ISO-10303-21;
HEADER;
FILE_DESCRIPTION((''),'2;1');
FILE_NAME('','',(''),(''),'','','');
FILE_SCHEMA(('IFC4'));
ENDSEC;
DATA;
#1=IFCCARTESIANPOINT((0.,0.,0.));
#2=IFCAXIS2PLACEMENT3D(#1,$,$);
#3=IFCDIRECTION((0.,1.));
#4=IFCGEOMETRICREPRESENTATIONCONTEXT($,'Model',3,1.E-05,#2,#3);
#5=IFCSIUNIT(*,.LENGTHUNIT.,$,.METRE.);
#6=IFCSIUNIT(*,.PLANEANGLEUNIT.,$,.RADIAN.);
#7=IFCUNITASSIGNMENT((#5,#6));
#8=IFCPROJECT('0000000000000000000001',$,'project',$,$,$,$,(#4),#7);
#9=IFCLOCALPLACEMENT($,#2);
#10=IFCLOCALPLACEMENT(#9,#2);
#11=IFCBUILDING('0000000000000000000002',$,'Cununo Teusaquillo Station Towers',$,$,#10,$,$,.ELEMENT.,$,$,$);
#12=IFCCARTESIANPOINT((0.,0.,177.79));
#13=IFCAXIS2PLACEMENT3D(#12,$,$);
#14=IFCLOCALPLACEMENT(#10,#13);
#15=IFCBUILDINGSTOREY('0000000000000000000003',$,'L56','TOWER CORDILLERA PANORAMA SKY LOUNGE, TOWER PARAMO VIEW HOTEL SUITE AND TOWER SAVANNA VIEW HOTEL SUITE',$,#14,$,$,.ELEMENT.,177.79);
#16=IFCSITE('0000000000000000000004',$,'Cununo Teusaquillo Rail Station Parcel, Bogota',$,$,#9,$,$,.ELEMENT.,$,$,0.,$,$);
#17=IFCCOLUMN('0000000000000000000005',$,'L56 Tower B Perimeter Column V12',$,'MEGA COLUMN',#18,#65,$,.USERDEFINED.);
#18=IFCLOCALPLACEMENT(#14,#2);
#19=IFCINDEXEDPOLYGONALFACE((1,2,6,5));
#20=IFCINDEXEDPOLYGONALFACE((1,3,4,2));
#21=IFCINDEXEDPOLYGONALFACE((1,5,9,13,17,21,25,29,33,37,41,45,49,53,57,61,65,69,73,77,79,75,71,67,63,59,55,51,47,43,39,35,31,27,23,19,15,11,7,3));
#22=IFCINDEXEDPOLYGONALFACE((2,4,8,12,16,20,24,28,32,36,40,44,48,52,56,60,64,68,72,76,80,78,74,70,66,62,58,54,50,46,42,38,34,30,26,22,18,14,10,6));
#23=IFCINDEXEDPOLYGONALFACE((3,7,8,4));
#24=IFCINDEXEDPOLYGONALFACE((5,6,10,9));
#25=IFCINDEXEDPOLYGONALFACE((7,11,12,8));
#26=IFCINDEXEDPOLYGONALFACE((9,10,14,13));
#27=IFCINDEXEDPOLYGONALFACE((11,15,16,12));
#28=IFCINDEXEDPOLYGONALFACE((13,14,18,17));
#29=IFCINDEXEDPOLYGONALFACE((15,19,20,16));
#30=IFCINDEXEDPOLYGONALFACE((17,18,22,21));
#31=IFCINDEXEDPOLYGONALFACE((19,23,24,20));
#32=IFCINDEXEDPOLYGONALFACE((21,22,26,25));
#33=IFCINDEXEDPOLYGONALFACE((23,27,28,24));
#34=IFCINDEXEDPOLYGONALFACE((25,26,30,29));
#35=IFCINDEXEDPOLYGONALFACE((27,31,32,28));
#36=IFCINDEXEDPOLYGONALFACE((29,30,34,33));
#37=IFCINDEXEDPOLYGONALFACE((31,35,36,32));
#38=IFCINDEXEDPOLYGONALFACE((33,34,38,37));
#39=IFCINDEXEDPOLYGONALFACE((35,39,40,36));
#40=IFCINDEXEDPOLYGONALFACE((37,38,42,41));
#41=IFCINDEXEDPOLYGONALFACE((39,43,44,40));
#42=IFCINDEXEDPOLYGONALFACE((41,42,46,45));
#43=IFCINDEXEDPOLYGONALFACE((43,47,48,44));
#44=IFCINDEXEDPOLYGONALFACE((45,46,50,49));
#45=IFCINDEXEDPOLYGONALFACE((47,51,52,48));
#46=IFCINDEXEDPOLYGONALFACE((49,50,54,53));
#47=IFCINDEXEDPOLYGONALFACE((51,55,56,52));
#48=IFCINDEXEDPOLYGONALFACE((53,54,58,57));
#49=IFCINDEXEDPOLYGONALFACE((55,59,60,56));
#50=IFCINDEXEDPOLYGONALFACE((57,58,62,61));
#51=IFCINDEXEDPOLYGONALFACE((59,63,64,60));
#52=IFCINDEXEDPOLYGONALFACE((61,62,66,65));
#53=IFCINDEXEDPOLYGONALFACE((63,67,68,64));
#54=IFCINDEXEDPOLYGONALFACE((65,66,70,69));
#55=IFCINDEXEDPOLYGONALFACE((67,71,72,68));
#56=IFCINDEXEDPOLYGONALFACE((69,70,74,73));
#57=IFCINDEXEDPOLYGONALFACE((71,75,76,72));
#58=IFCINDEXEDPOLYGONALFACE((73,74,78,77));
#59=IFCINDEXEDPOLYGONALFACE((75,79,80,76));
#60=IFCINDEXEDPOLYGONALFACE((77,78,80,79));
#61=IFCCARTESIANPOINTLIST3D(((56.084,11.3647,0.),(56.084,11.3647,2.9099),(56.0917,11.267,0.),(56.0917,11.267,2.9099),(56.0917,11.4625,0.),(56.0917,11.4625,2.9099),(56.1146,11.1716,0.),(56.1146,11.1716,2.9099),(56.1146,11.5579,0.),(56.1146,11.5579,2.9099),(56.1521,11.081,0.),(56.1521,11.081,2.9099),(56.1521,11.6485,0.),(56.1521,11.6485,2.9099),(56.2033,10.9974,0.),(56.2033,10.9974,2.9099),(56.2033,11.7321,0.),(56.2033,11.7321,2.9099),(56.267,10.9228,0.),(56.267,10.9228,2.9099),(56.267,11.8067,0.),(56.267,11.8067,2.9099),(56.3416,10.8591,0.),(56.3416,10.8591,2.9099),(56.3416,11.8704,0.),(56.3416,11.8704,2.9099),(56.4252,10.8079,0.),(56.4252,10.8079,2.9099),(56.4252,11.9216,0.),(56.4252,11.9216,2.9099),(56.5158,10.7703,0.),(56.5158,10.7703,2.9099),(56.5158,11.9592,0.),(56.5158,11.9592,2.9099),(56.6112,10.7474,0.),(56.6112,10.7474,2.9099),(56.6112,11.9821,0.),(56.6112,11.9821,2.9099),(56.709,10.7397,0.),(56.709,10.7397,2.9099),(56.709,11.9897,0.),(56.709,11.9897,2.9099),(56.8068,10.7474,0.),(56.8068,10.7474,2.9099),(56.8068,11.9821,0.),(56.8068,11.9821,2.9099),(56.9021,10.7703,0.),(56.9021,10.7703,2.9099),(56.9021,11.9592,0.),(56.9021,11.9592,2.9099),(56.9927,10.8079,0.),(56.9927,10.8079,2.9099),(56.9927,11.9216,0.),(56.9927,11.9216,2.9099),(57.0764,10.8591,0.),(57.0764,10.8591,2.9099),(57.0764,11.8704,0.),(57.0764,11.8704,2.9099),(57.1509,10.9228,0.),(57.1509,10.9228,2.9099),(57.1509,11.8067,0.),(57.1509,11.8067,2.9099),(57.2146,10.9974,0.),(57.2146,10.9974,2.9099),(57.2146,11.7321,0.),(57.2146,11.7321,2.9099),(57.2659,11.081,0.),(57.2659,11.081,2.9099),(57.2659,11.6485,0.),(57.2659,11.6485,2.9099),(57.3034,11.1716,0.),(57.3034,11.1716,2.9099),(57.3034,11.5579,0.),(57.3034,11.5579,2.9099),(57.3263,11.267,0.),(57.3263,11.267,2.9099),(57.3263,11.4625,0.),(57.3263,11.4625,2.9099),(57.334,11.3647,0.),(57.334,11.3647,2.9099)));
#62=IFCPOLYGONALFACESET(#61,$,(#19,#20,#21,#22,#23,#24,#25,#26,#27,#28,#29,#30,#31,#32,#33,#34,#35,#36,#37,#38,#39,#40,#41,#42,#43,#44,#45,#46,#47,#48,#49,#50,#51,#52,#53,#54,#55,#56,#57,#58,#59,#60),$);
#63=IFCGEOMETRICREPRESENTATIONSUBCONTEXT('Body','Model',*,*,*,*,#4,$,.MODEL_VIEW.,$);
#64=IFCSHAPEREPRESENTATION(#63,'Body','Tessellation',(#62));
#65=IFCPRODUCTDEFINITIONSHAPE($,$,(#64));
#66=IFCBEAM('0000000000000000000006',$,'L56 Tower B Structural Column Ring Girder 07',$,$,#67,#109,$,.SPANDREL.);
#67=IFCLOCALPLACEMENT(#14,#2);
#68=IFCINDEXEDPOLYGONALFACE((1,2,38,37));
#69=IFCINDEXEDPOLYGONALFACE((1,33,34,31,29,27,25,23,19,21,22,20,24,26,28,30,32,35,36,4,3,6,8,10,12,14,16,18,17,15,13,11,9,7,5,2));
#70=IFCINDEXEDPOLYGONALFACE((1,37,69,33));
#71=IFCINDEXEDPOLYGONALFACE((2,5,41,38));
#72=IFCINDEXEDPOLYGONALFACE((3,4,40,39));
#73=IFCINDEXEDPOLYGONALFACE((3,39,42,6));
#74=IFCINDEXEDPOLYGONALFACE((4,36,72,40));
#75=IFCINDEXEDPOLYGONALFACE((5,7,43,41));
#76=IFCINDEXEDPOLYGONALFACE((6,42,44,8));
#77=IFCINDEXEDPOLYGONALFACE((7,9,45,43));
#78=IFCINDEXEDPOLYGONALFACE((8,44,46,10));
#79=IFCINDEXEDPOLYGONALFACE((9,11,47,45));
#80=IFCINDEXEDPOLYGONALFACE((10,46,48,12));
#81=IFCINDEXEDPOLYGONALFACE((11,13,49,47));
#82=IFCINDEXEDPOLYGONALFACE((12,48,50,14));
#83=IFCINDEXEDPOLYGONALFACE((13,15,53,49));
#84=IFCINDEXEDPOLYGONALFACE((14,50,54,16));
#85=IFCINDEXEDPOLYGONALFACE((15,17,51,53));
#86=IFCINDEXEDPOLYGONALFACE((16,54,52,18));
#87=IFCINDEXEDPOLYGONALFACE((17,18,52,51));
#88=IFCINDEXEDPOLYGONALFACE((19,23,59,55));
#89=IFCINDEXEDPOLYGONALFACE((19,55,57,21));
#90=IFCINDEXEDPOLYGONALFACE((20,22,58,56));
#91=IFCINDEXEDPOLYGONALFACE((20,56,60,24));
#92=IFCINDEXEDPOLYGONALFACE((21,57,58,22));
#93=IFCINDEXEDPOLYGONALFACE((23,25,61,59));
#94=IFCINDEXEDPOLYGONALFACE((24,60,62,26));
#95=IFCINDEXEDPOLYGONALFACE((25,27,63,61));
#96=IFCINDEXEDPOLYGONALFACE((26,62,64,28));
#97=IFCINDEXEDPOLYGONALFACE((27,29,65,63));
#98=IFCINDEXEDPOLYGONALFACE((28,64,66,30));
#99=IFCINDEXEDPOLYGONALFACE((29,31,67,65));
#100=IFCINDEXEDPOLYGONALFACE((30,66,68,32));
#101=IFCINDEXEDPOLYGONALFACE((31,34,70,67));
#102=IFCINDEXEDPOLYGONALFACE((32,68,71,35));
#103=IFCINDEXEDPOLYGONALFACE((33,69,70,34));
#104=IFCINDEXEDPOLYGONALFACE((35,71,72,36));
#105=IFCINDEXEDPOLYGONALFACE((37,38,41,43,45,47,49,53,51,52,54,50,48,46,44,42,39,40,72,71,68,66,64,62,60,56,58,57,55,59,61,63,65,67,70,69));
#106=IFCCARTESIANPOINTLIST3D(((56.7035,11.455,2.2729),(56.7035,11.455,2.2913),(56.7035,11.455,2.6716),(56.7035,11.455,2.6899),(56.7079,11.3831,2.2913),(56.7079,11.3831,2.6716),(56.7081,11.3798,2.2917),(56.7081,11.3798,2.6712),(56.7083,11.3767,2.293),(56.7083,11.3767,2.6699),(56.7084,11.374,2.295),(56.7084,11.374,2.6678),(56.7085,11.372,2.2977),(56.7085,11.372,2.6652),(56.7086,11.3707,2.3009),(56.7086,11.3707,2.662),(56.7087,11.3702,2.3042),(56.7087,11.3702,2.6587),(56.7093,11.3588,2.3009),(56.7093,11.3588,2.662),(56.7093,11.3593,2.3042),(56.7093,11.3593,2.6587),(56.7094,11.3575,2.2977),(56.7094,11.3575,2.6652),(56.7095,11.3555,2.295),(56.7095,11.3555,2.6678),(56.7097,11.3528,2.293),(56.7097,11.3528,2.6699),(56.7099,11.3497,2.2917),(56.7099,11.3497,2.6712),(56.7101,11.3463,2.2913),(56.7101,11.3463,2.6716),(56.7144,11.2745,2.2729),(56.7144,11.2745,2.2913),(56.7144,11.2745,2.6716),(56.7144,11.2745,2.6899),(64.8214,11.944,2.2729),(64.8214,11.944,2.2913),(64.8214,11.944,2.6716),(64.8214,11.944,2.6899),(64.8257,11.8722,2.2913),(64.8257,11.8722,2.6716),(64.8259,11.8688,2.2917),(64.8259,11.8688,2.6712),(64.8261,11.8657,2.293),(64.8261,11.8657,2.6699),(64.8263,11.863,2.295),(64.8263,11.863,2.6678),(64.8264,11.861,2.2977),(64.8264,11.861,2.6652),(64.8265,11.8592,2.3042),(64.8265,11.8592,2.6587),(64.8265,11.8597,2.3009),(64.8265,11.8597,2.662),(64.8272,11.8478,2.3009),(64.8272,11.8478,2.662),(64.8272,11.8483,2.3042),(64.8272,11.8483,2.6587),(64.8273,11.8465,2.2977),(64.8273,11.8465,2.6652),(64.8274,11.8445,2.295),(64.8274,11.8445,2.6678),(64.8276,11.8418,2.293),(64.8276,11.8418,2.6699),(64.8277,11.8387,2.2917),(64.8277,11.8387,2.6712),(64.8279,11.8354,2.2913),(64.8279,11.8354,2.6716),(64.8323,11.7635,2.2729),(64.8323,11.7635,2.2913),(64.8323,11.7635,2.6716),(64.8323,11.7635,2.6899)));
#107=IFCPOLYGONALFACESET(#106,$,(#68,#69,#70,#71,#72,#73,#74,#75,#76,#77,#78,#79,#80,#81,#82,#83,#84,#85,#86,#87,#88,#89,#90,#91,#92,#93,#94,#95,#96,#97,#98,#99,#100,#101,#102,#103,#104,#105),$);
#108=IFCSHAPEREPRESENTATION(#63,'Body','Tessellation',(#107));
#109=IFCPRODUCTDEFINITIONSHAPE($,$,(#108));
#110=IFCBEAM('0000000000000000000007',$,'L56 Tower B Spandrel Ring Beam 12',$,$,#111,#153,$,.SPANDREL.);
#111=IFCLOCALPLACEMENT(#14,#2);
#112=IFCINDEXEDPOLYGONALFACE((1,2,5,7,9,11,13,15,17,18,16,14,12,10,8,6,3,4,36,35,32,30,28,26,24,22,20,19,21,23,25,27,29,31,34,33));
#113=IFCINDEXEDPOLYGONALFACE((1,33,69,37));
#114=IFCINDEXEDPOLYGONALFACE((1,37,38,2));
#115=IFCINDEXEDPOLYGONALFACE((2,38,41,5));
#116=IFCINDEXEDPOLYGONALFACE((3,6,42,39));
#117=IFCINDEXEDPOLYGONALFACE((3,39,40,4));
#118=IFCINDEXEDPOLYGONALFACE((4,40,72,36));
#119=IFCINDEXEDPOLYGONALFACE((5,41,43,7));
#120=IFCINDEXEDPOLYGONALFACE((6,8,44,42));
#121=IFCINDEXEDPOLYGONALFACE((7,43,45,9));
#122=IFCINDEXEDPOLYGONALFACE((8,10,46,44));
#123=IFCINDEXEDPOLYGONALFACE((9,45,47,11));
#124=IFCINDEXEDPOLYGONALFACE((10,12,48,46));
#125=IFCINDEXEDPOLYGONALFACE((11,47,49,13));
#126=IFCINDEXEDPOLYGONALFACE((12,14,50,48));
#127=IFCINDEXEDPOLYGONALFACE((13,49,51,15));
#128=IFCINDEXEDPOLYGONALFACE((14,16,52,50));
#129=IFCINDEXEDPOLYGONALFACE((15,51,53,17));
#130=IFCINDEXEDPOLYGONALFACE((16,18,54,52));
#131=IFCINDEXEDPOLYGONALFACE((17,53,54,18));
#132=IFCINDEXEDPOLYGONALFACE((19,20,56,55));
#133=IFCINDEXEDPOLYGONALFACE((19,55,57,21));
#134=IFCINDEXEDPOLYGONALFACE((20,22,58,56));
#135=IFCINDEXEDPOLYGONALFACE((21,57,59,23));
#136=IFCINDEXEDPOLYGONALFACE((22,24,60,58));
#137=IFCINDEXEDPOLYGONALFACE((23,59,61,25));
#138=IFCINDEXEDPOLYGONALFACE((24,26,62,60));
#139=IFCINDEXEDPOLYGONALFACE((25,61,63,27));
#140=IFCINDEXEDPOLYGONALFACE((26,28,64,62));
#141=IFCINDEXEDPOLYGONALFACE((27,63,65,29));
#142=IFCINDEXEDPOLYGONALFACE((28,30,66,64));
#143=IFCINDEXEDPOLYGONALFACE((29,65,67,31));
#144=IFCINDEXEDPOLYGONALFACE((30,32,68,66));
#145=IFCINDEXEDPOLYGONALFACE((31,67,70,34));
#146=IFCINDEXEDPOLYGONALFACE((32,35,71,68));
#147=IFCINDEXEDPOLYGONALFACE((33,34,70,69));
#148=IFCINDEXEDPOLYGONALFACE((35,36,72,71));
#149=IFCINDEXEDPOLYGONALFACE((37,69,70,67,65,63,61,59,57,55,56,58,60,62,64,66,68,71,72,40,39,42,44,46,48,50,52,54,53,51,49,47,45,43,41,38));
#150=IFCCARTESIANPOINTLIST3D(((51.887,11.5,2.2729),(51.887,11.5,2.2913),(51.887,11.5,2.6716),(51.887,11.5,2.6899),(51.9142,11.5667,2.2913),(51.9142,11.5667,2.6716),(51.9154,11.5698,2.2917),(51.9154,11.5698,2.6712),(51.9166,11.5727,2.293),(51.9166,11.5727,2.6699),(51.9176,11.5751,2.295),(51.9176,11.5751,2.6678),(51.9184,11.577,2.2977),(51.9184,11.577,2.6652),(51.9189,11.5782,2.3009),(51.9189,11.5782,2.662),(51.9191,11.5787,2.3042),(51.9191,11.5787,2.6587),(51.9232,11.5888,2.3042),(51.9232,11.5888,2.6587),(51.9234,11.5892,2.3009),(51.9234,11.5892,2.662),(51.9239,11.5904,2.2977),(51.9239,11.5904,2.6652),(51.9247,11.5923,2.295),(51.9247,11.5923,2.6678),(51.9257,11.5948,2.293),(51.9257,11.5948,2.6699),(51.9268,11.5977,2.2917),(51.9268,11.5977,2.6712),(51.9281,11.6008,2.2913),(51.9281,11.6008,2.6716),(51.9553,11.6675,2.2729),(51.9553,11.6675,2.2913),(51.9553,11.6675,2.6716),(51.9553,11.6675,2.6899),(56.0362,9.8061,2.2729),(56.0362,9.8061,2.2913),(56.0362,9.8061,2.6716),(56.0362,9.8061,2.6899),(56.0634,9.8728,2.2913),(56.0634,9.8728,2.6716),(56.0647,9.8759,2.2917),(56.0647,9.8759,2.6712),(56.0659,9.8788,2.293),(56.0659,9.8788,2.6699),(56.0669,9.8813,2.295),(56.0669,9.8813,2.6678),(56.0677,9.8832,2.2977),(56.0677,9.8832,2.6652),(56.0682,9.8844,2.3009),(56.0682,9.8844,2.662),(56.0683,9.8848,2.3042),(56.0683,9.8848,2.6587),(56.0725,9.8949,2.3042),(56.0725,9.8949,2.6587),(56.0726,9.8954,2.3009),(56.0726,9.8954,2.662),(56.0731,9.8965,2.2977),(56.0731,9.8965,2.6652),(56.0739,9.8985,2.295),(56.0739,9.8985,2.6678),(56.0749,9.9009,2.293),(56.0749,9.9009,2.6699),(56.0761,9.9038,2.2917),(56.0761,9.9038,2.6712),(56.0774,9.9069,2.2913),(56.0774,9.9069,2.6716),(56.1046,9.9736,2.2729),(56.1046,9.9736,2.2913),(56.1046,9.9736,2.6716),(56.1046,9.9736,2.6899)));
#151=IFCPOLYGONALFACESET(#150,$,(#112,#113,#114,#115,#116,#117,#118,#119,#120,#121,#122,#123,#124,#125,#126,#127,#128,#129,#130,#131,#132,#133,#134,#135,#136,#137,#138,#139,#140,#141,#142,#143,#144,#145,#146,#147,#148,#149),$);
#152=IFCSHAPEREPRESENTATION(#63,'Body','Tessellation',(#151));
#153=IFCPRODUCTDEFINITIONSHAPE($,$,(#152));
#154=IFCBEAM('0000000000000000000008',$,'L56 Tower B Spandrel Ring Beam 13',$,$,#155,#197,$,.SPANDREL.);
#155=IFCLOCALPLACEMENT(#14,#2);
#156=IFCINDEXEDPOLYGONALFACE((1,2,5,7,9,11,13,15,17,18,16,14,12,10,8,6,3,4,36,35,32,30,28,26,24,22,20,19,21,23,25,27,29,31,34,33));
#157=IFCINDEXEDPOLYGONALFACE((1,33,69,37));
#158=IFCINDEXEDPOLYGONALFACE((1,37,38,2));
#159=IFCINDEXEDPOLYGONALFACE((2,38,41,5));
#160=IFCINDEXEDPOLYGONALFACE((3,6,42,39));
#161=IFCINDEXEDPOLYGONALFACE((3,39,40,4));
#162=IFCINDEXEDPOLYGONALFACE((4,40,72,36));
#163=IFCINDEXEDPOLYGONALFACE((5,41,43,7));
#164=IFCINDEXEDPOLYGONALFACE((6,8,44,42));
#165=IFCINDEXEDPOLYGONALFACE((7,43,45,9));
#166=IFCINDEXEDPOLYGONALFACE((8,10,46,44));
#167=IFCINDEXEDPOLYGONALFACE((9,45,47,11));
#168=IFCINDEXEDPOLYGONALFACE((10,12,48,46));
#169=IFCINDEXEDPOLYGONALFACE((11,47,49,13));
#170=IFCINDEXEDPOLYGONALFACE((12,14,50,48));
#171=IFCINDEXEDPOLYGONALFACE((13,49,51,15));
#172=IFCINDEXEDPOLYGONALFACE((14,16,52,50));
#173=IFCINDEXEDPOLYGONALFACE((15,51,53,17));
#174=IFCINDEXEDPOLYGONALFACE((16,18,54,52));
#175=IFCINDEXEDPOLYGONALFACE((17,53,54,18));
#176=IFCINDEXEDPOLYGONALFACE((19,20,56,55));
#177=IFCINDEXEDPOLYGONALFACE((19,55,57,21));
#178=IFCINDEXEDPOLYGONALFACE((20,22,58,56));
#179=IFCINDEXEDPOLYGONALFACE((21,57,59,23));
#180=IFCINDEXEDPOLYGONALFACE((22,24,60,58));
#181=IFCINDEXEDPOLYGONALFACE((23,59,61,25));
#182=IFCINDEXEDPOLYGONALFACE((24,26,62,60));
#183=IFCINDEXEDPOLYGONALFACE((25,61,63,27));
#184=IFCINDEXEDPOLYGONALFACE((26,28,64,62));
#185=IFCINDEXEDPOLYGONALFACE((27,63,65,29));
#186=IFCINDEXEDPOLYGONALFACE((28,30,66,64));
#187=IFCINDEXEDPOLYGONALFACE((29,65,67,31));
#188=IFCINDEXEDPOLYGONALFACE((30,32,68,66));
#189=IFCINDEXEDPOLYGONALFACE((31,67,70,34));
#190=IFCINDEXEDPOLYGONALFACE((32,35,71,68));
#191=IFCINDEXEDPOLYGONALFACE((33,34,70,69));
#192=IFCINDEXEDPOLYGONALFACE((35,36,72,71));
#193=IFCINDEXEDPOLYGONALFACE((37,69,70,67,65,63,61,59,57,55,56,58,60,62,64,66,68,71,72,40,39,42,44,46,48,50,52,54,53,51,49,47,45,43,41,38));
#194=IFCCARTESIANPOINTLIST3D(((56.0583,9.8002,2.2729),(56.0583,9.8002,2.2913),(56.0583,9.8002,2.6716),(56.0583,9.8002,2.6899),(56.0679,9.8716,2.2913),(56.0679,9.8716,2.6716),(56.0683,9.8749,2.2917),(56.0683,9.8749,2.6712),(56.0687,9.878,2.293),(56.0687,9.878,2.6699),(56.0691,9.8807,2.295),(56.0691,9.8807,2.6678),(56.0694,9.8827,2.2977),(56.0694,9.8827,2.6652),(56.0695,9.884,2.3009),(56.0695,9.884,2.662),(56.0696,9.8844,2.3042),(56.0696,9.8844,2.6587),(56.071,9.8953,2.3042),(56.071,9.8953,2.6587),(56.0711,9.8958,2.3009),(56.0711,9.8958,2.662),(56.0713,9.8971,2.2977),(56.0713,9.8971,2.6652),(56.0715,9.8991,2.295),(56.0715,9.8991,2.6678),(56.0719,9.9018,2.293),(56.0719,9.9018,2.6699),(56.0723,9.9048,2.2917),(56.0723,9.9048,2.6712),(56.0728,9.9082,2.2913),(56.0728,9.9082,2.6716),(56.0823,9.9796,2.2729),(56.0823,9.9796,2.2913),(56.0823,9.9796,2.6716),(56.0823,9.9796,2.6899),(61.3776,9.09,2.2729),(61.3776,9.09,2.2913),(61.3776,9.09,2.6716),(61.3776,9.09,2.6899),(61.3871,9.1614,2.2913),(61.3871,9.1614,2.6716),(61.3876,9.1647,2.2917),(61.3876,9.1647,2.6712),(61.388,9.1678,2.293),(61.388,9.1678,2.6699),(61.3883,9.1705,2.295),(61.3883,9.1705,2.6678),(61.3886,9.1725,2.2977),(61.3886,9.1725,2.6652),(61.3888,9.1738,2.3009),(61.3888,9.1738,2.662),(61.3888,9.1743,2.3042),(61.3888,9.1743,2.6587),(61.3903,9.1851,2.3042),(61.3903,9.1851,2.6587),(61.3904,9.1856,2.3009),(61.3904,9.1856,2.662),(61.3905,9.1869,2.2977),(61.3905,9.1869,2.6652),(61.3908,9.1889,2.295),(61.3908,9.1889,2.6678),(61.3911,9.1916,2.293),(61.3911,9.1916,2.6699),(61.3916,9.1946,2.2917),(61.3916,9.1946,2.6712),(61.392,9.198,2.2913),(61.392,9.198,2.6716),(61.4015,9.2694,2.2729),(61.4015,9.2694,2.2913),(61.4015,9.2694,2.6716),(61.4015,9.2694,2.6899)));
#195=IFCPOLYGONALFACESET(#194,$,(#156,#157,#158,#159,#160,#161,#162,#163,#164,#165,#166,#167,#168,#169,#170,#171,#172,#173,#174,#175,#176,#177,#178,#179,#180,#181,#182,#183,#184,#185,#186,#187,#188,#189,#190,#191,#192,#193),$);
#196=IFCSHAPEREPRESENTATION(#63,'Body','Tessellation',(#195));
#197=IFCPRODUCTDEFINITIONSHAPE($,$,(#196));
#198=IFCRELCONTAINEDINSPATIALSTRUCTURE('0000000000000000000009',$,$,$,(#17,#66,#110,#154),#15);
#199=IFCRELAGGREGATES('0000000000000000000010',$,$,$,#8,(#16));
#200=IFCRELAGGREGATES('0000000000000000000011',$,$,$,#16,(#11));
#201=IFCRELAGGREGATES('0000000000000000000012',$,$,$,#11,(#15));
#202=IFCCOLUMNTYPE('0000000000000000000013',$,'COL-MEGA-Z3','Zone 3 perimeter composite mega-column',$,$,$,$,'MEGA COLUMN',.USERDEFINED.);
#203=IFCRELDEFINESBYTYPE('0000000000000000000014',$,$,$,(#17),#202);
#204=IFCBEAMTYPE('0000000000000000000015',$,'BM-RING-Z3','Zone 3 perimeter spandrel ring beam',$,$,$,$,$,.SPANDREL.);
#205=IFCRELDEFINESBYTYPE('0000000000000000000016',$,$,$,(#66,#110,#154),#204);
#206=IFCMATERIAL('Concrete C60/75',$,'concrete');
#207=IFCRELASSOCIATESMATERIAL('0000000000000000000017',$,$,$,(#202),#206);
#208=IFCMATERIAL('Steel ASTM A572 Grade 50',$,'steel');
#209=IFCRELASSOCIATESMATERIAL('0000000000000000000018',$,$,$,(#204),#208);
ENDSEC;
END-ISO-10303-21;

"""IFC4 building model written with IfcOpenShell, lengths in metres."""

from ifc_helpers import new_model, si_unit, direction, frame, origin, origin_2d, place, context, subcontext, project, spatial, circle, i_section, extrude, material, material_profile, profile_set, type_object, element, save


model = new_model("IFC4")

# Units and contexts
model_context = context("Model", 3, precision=1e-05, world=origin(), true_north=direction((0.0, 1.0)))
body_context = subcontext(model_context, "Body", "Model", "MODEL_VIEW")
ifc_project = project(units=[si_unit("LENGTHUNIT", "METRE"), si_unit("PLANEANGLEUNIT", "RADIAN")], contexts=[model_context])

# Site, building, storey
site_placement = place(None, origin())
site = spatial("IfcSite", under=ifc_project, at=site_placement, Name="Cununo Teusaquillo Rail Station Parcel, Bogota", CompositionType="ELEMENT", RefElevation=0.0)
building_placement = place(site_placement, origin())
building = spatial("IfcBuilding", under=site, at=building_placement, Name="Cununo Teusaquillo Station Towers", CompositionType="ELEMENT")
storey_placement = place(building_placement, frame((0.0, 0.0, 177.79)))
storey = spatial("IfcBuildingStorey", under=building, at=storey_placement, Name="L56", Description="TOWER CORDILLERA PANORAMA SKY LOUNGE, TOWER PARAMO VIEW HOTEL SUITE AND TOWER SAVANNA VIEW HOTEL SUITE", CompositionType="ELEMENT", Elevation=177.79)

# Column
ifc_material_1 = material(Name="Concrete C60/75", Category="concrete")
ifc_material_profile_1 = material_profile(ifc_material_1, circle(Radius=0.625, at=origin_2d()), Name="RC-CIRC-1250")
ifc_profile_set_1 = profile_set([ifc_material_profile_1], Name="Concrete C60/75")
column_type = type_object("IfcColumnType", Name="COL-MEGA-Z3", Description="Zone 3 perimeter composite mega-column", ElementType="MEGA COLUMN", PredefinedType="USERDEFINED", material=ifc_profile_set_1)
column_placement = place(storey_placement, frame((56.709, 11.3647, 0.0), z_axis=(0.0, 0.0, 1.0), x_axis=(1.0, 0.0, 0.0)))
element("IfcColumn", 1, at=column_placement, inside=storey, type_object=column_type, Name="L56 Tower B Perimeter Column V12", ObjectType="MEGA COLUMN", PredefinedType="USERDEFINED", context=body_context, shape_type="SweptSolid", body=[
    extrude(circle(Radius=0.625, at=origin_2d()), origin(), (0.0, 0.0, 1.0), 2.9099),
])

# Beams
ifc_material_2 = material(Name="Steel ASTM A572 Grade 50", Category="steel")
ifc_material_profile_2 = material_profile(ifc_material_2, i_section(OverallWidth=0.1809, OverallDepth=0.417, WebThickness=0.011, FlangeThickness=0.0183, FilletRadius=0.0129, at=origin_2d()), Name="W16X57")
ifc_profile_set_2 = profile_set([ifc_material_profile_2], Name="Steel ASTM A572 Grade 50")
beam_type = type_object("IfcBeamType", Name="BM-RING-Z3", Description="Zone 3 perimeter spandrel ring beam", PredefinedType="SPANDREL", material=ifc_profile_set_2)
beam_1_placement = place(storey_placement, frame((56.709, 11.3647, 2.4814), z_axis=(0.998191, 0.06013, 0.0), x_axis=(-0.06013, 0.998191, 0.0)))
element("IfcBeam", 2, at=beam_1_placement, inside=storey, type_object=beam_type, Name="L56 Tower B Structural Column Ring Girder 07", PredefinedType="SPANDREL", context=body_context, shape_type="SweptSolid", body=[
    extrude(i_section(OverallWidth=0.1809, OverallDepth=0.417, WebThickness=0.011, FlangeThickness=0.0183, FilletRadius=0.0129, at=origin_2d()), origin(), (0.0, 0.0, 1.0), 8.1326),
])
beam_2_placement = place(storey_placement, frame((51.9211, 11.5837, 2.4814), z_axis=(0.925824, -0.377956, 0.0), x_axis=(0.377956, 0.925824, 0.0)))
element("IfcBeam", 3, at=beam_2_placement, inside=storey, type_object=beam_type, Name="L56 Tower B Spandrel Ring Beam 12", PredefinedType="SPANDREL", context=body_context, shape_type="SweptSolid", body=[
    extrude(i_section(OverallWidth=0.1809, OverallDepth=0.417, WebThickness=0.011, FlangeThickness=0.0183, FilletRadius=0.0129, at=origin_2d()), origin(), (0.0, 0.0, 1.0), 4.4817),
])
beam_3_placement = place(storey_placement, frame((56.0703, 9.8899, 2.4814), z_axis=(0.991204, -0.13234, 0.0), x_axis=(0.13234, 0.991204, 0.0)))
element("IfcBeam", 4, at=beam_3_placement, inside=storey, type_object=beam_type, Name="L56 Tower B Spandrel Ring Beam 13", PredefinedType="SPANDREL", context=body_context, shape_type="SweptSolid", body=[
    extrude(i_section(OverallWidth=0.1809, OverallDepth=0.417, WebThickness=0.011, FlangeThickness=0.0183, FilletRadius=0.0129, at=origin_2d()), origin(), (0.0, 0.0, 1.0), 5.3665),
])

save(model, "model.ifc")
